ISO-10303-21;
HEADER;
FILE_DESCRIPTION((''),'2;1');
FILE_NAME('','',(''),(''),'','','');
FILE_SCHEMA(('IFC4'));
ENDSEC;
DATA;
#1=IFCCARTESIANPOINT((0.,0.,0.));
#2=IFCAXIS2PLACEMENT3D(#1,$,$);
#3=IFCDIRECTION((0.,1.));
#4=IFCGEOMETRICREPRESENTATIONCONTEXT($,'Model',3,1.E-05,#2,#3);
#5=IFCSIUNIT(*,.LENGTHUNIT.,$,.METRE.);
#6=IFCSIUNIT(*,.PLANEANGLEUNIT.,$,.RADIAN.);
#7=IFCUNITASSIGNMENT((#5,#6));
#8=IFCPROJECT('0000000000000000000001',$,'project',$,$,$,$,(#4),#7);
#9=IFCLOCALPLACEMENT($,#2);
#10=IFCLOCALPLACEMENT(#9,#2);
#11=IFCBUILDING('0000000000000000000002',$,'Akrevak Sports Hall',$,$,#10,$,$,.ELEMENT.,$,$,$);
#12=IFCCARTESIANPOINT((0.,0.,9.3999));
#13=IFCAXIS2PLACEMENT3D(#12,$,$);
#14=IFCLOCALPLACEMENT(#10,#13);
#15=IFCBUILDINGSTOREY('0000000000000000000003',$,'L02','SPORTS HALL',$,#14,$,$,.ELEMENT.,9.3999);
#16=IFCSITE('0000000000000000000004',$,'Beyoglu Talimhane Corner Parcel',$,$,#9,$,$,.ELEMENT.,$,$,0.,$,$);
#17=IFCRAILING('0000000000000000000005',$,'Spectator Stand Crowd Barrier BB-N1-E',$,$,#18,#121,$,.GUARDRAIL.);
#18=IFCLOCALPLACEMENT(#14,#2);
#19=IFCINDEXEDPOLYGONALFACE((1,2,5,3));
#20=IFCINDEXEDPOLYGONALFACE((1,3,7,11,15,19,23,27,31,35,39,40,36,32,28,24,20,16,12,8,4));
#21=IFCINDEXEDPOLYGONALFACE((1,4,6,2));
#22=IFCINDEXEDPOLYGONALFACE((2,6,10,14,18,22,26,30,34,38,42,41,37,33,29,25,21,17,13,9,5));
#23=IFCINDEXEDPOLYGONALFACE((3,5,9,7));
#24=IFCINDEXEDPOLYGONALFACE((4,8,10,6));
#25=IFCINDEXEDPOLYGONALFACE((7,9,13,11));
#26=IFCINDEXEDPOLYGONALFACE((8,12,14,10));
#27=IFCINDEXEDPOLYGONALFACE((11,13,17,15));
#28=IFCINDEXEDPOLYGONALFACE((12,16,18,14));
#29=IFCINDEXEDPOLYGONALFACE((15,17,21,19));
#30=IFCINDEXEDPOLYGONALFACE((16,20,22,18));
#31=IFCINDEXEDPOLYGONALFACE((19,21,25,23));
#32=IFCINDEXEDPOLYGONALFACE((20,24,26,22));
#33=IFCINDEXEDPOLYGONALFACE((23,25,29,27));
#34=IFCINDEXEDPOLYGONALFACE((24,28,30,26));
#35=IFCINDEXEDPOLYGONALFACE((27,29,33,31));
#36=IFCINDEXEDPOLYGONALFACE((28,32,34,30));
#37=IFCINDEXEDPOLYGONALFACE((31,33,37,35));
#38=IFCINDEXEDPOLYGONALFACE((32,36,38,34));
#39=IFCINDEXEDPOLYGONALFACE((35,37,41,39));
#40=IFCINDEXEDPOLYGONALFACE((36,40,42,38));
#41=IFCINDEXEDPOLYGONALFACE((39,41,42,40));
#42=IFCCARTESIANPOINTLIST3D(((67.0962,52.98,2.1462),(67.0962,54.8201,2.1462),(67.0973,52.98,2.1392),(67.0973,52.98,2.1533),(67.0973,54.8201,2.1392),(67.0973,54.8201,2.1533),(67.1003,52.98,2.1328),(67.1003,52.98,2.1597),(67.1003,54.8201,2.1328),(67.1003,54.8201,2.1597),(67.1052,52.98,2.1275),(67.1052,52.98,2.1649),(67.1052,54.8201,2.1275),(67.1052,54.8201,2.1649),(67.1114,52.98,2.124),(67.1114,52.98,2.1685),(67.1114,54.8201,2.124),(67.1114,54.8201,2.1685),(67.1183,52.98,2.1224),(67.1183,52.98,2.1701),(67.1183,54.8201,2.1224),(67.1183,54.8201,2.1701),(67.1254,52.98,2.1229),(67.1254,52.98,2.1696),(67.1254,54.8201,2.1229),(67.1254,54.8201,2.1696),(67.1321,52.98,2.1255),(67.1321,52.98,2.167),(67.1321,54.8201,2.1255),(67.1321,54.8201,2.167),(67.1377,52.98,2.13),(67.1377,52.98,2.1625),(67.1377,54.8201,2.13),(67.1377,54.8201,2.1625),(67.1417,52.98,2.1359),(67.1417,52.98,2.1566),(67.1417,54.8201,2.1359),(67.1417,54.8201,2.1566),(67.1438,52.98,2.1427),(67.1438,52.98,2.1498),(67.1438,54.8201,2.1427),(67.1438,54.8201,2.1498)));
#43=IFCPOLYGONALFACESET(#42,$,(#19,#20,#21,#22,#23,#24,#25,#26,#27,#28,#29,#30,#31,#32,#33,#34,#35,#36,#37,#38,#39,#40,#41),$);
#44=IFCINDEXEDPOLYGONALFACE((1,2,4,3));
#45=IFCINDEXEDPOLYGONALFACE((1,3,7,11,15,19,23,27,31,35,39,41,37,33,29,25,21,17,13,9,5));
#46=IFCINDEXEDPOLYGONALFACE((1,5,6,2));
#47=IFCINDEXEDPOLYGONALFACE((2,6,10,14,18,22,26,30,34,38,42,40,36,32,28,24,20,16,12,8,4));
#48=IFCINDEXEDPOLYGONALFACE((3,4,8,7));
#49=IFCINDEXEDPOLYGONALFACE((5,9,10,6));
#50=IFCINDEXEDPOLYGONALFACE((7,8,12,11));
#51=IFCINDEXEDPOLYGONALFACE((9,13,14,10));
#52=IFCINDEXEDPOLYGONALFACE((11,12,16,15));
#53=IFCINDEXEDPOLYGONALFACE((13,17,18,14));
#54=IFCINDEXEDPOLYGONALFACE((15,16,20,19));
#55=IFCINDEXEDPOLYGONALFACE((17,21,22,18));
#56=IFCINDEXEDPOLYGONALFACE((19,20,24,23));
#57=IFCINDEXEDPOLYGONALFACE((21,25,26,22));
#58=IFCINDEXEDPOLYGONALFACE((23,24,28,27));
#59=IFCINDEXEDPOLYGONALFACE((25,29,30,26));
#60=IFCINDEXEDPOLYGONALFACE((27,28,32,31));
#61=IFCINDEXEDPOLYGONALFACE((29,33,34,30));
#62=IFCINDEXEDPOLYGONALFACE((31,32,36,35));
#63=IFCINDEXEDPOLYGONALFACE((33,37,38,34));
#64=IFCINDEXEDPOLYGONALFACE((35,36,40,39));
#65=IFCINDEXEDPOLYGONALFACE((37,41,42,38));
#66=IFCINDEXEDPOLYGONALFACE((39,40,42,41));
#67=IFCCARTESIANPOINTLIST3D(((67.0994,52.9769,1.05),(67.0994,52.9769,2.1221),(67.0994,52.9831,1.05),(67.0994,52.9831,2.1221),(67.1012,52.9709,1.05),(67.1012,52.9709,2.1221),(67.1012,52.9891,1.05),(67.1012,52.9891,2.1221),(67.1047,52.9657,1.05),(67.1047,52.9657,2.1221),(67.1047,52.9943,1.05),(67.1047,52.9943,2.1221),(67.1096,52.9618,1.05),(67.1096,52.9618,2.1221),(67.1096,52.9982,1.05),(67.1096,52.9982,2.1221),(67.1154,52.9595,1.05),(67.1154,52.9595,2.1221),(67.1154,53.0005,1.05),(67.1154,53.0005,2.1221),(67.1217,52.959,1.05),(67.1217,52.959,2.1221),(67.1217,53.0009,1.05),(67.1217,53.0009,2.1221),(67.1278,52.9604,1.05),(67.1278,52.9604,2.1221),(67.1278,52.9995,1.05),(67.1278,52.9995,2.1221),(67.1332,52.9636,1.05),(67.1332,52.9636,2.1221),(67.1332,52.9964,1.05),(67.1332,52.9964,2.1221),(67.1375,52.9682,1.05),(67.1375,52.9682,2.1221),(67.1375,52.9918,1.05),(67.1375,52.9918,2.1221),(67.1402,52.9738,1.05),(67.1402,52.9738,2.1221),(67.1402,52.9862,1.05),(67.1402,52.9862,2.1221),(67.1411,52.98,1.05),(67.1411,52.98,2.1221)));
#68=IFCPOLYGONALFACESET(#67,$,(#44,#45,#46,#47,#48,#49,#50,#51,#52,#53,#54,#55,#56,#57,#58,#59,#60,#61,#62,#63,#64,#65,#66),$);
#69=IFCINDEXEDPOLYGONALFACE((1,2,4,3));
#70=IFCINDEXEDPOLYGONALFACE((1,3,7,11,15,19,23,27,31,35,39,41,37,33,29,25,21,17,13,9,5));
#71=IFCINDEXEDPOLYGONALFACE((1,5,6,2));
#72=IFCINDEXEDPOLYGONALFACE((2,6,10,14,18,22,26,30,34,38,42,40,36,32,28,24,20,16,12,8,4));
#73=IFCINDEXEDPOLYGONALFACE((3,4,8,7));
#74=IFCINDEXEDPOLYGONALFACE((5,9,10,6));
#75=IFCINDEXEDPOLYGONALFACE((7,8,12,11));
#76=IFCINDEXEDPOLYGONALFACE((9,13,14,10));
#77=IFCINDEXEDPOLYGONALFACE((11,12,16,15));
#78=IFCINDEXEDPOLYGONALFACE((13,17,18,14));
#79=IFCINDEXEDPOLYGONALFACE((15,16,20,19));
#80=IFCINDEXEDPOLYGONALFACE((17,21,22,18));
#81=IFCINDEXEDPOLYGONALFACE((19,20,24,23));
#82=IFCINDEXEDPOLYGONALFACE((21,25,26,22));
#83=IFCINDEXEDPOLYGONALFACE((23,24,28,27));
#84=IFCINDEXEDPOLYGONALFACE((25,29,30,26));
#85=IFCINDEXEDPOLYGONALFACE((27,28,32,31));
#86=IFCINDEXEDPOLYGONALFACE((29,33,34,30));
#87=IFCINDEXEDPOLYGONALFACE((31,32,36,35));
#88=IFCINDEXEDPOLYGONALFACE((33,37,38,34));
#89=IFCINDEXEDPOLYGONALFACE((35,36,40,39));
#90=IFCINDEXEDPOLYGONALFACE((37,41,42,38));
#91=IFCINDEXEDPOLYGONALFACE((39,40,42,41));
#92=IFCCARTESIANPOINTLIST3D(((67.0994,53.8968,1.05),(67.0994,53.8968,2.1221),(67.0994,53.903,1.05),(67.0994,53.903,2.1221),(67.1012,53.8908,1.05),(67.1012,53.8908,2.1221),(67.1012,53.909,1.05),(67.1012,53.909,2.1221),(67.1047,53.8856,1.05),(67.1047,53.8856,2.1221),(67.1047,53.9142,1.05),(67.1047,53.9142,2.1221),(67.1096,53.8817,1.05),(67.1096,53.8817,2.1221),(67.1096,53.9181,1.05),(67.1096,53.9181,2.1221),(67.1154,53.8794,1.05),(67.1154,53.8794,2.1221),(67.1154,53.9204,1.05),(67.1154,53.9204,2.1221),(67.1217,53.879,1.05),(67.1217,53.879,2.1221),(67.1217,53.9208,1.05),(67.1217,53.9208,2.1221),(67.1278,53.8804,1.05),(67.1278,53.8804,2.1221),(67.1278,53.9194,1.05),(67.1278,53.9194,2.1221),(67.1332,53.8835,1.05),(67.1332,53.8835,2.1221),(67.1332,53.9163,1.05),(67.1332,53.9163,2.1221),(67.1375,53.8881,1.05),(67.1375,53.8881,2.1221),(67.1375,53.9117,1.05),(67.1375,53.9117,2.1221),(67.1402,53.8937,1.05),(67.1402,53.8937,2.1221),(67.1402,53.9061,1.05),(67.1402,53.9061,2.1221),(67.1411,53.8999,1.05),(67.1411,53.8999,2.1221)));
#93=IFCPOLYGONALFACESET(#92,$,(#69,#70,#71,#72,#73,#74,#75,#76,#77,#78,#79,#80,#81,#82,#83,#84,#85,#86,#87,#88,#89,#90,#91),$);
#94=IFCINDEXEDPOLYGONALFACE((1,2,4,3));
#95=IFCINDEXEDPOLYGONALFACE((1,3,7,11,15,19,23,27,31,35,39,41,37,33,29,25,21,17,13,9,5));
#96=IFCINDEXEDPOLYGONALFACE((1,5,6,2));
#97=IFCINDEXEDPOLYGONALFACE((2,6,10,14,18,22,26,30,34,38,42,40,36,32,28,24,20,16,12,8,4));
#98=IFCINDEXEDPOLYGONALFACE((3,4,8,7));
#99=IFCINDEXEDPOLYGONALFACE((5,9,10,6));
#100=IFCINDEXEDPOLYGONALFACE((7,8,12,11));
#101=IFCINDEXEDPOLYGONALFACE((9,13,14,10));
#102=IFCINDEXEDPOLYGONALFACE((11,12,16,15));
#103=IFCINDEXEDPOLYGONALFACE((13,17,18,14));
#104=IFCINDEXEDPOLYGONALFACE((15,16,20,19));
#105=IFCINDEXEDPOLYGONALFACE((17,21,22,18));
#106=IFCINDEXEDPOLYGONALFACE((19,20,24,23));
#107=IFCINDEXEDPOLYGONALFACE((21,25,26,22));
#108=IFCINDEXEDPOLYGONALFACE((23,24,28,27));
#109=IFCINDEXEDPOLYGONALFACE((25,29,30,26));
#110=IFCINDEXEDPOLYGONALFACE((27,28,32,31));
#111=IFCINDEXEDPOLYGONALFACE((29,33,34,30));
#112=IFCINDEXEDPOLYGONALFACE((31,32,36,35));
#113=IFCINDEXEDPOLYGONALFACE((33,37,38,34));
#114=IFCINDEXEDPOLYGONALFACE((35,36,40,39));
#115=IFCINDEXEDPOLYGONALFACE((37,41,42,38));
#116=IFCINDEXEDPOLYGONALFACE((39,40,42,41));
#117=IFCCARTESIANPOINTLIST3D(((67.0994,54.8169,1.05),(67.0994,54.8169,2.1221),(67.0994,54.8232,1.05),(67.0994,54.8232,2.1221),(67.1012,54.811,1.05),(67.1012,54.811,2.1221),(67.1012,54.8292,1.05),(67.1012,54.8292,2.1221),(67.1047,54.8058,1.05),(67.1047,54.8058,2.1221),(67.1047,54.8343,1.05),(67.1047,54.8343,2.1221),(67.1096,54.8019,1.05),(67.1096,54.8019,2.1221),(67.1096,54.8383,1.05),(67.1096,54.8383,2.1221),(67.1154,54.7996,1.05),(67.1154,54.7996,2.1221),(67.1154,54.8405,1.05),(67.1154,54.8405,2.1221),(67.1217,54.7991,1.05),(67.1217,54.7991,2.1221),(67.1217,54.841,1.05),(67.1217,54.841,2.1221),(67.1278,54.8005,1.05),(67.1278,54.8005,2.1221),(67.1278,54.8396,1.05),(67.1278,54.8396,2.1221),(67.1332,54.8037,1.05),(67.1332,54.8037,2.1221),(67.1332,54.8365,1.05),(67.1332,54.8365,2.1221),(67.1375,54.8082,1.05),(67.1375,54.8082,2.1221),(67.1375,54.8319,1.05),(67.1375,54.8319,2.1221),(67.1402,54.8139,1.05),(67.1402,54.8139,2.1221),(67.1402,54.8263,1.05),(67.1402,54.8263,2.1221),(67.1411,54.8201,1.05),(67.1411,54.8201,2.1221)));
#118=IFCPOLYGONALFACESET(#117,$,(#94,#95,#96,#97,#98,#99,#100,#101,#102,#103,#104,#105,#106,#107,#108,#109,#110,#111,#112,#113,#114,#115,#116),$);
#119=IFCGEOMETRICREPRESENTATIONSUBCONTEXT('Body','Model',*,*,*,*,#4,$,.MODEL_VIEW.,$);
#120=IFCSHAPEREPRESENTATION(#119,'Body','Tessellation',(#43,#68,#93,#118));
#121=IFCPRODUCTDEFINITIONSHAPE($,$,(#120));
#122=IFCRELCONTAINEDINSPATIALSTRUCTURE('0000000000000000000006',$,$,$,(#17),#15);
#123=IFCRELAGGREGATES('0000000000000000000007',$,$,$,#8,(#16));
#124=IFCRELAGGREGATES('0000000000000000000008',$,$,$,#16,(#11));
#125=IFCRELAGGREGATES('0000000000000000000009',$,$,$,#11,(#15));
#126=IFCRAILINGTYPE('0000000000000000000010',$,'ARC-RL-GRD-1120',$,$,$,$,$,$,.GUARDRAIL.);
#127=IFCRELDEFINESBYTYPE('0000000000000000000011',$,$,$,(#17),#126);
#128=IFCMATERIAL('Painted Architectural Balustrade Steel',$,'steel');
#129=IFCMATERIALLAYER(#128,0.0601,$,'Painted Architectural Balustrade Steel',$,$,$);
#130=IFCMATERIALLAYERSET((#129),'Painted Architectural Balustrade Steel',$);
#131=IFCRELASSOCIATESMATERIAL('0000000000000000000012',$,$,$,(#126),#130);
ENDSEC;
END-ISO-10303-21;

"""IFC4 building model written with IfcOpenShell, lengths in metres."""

from ifc_helpers import new_model, si_unit, direction, frame, origin, origin_2d, place, context, subcontext, project, spatial, circle, extrude, material, layer, layer_set, type_object, element, save


model = new_model("IFC4")

# Units and contexts
model_context = context("Model", 3, precision=1e-05, world=origin(), true_north=direction((0.0, 1.0)))
body_context = subcontext(model_context, "Body", "Model", "MODEL_VIEW")
ifc_project = project(units=[si_unit("LENGTHUNIT", "METRE"), si_unit("PLANEANGLEUNIT", "RADIAN")], contexts=[model_context])

# Site, building, storey
site_placement = place(None, origin())
site = spatial("IfcSite", under=ifc_project, at=site_placement, Name="Beyoglu Talimhane Corner Parcel", CompositionType="ELEMENT", RefElevation=0.0)
building_placement = place(site_placement, origin())
building = spatial("IfcBuilding", under=site, at=building_placement, Name="Akrevak Sports Hall", CompositionType="ELEMENT")
storey_placement = place(building_placement, frame((0.0, 0.0, 9.3999)))
storey = spatial("IfcBuildingStorey", under=building, at=storey_placement, Name="L02", Description="SPORTS HALL", CompositionType="ELEMENT", Elevation=9.3999)

# Railing
ifc_material_1 = material(Name="Painted Architectural Balustrade Steel", Category="steel")
ifc_layer_1 = layer(ifc_material_1, 0.0601, Name="Painted Architectural Balustrade Steel")
ifc_layer_set_1 = layer_set([ifc_layer_1], Name="Painted Architectural Balustrade Steel")
railing_type = type_object("IfcRailingType", Name="ARC-RL-GRD-1120", PredefinedType="GUARDRAIL", material=ifc_layer_set_1)
railing_placement = place(storey_placement, frame((67.1201, 52.98, 1.05)))
element("IfcRailing", 1, at=railing_placement, inside=storey, type_object=railing_type, Name="Spectator Stand Crowd Barrier BB-N1-E", PredefinedType="GUARDRAIL", context=body_context, shape_type="SweptSolid", body=[
    extrude(circle(Radius=0.0239, at=origin_2d()), frame((0.0, 0.0, 1.0962), z_axis=(0.0, 1.0, 0.0), x_axis=(-1.0, 0.0, 0.0)), (0.0, 0.0, 1.0), 1.8401),
    extrude(circle(Radius=0.021, at=origin_2d()), origin(), (0.0, 0.0, 1.0), 1.072),
    extrude(circle(Radius=0.021, at=origin_2d()), frame((0.0, 0.9199, 0.0)), (0.0, 0.0, 1.0), 1.072),
    extrude(circle(Radius=0.021, at=origin_2d()), frame((0.0, 1.8401, 0.0)), (0.0, 0.0, 1.0), 1.072),
])

save(model, "model.ifc")
